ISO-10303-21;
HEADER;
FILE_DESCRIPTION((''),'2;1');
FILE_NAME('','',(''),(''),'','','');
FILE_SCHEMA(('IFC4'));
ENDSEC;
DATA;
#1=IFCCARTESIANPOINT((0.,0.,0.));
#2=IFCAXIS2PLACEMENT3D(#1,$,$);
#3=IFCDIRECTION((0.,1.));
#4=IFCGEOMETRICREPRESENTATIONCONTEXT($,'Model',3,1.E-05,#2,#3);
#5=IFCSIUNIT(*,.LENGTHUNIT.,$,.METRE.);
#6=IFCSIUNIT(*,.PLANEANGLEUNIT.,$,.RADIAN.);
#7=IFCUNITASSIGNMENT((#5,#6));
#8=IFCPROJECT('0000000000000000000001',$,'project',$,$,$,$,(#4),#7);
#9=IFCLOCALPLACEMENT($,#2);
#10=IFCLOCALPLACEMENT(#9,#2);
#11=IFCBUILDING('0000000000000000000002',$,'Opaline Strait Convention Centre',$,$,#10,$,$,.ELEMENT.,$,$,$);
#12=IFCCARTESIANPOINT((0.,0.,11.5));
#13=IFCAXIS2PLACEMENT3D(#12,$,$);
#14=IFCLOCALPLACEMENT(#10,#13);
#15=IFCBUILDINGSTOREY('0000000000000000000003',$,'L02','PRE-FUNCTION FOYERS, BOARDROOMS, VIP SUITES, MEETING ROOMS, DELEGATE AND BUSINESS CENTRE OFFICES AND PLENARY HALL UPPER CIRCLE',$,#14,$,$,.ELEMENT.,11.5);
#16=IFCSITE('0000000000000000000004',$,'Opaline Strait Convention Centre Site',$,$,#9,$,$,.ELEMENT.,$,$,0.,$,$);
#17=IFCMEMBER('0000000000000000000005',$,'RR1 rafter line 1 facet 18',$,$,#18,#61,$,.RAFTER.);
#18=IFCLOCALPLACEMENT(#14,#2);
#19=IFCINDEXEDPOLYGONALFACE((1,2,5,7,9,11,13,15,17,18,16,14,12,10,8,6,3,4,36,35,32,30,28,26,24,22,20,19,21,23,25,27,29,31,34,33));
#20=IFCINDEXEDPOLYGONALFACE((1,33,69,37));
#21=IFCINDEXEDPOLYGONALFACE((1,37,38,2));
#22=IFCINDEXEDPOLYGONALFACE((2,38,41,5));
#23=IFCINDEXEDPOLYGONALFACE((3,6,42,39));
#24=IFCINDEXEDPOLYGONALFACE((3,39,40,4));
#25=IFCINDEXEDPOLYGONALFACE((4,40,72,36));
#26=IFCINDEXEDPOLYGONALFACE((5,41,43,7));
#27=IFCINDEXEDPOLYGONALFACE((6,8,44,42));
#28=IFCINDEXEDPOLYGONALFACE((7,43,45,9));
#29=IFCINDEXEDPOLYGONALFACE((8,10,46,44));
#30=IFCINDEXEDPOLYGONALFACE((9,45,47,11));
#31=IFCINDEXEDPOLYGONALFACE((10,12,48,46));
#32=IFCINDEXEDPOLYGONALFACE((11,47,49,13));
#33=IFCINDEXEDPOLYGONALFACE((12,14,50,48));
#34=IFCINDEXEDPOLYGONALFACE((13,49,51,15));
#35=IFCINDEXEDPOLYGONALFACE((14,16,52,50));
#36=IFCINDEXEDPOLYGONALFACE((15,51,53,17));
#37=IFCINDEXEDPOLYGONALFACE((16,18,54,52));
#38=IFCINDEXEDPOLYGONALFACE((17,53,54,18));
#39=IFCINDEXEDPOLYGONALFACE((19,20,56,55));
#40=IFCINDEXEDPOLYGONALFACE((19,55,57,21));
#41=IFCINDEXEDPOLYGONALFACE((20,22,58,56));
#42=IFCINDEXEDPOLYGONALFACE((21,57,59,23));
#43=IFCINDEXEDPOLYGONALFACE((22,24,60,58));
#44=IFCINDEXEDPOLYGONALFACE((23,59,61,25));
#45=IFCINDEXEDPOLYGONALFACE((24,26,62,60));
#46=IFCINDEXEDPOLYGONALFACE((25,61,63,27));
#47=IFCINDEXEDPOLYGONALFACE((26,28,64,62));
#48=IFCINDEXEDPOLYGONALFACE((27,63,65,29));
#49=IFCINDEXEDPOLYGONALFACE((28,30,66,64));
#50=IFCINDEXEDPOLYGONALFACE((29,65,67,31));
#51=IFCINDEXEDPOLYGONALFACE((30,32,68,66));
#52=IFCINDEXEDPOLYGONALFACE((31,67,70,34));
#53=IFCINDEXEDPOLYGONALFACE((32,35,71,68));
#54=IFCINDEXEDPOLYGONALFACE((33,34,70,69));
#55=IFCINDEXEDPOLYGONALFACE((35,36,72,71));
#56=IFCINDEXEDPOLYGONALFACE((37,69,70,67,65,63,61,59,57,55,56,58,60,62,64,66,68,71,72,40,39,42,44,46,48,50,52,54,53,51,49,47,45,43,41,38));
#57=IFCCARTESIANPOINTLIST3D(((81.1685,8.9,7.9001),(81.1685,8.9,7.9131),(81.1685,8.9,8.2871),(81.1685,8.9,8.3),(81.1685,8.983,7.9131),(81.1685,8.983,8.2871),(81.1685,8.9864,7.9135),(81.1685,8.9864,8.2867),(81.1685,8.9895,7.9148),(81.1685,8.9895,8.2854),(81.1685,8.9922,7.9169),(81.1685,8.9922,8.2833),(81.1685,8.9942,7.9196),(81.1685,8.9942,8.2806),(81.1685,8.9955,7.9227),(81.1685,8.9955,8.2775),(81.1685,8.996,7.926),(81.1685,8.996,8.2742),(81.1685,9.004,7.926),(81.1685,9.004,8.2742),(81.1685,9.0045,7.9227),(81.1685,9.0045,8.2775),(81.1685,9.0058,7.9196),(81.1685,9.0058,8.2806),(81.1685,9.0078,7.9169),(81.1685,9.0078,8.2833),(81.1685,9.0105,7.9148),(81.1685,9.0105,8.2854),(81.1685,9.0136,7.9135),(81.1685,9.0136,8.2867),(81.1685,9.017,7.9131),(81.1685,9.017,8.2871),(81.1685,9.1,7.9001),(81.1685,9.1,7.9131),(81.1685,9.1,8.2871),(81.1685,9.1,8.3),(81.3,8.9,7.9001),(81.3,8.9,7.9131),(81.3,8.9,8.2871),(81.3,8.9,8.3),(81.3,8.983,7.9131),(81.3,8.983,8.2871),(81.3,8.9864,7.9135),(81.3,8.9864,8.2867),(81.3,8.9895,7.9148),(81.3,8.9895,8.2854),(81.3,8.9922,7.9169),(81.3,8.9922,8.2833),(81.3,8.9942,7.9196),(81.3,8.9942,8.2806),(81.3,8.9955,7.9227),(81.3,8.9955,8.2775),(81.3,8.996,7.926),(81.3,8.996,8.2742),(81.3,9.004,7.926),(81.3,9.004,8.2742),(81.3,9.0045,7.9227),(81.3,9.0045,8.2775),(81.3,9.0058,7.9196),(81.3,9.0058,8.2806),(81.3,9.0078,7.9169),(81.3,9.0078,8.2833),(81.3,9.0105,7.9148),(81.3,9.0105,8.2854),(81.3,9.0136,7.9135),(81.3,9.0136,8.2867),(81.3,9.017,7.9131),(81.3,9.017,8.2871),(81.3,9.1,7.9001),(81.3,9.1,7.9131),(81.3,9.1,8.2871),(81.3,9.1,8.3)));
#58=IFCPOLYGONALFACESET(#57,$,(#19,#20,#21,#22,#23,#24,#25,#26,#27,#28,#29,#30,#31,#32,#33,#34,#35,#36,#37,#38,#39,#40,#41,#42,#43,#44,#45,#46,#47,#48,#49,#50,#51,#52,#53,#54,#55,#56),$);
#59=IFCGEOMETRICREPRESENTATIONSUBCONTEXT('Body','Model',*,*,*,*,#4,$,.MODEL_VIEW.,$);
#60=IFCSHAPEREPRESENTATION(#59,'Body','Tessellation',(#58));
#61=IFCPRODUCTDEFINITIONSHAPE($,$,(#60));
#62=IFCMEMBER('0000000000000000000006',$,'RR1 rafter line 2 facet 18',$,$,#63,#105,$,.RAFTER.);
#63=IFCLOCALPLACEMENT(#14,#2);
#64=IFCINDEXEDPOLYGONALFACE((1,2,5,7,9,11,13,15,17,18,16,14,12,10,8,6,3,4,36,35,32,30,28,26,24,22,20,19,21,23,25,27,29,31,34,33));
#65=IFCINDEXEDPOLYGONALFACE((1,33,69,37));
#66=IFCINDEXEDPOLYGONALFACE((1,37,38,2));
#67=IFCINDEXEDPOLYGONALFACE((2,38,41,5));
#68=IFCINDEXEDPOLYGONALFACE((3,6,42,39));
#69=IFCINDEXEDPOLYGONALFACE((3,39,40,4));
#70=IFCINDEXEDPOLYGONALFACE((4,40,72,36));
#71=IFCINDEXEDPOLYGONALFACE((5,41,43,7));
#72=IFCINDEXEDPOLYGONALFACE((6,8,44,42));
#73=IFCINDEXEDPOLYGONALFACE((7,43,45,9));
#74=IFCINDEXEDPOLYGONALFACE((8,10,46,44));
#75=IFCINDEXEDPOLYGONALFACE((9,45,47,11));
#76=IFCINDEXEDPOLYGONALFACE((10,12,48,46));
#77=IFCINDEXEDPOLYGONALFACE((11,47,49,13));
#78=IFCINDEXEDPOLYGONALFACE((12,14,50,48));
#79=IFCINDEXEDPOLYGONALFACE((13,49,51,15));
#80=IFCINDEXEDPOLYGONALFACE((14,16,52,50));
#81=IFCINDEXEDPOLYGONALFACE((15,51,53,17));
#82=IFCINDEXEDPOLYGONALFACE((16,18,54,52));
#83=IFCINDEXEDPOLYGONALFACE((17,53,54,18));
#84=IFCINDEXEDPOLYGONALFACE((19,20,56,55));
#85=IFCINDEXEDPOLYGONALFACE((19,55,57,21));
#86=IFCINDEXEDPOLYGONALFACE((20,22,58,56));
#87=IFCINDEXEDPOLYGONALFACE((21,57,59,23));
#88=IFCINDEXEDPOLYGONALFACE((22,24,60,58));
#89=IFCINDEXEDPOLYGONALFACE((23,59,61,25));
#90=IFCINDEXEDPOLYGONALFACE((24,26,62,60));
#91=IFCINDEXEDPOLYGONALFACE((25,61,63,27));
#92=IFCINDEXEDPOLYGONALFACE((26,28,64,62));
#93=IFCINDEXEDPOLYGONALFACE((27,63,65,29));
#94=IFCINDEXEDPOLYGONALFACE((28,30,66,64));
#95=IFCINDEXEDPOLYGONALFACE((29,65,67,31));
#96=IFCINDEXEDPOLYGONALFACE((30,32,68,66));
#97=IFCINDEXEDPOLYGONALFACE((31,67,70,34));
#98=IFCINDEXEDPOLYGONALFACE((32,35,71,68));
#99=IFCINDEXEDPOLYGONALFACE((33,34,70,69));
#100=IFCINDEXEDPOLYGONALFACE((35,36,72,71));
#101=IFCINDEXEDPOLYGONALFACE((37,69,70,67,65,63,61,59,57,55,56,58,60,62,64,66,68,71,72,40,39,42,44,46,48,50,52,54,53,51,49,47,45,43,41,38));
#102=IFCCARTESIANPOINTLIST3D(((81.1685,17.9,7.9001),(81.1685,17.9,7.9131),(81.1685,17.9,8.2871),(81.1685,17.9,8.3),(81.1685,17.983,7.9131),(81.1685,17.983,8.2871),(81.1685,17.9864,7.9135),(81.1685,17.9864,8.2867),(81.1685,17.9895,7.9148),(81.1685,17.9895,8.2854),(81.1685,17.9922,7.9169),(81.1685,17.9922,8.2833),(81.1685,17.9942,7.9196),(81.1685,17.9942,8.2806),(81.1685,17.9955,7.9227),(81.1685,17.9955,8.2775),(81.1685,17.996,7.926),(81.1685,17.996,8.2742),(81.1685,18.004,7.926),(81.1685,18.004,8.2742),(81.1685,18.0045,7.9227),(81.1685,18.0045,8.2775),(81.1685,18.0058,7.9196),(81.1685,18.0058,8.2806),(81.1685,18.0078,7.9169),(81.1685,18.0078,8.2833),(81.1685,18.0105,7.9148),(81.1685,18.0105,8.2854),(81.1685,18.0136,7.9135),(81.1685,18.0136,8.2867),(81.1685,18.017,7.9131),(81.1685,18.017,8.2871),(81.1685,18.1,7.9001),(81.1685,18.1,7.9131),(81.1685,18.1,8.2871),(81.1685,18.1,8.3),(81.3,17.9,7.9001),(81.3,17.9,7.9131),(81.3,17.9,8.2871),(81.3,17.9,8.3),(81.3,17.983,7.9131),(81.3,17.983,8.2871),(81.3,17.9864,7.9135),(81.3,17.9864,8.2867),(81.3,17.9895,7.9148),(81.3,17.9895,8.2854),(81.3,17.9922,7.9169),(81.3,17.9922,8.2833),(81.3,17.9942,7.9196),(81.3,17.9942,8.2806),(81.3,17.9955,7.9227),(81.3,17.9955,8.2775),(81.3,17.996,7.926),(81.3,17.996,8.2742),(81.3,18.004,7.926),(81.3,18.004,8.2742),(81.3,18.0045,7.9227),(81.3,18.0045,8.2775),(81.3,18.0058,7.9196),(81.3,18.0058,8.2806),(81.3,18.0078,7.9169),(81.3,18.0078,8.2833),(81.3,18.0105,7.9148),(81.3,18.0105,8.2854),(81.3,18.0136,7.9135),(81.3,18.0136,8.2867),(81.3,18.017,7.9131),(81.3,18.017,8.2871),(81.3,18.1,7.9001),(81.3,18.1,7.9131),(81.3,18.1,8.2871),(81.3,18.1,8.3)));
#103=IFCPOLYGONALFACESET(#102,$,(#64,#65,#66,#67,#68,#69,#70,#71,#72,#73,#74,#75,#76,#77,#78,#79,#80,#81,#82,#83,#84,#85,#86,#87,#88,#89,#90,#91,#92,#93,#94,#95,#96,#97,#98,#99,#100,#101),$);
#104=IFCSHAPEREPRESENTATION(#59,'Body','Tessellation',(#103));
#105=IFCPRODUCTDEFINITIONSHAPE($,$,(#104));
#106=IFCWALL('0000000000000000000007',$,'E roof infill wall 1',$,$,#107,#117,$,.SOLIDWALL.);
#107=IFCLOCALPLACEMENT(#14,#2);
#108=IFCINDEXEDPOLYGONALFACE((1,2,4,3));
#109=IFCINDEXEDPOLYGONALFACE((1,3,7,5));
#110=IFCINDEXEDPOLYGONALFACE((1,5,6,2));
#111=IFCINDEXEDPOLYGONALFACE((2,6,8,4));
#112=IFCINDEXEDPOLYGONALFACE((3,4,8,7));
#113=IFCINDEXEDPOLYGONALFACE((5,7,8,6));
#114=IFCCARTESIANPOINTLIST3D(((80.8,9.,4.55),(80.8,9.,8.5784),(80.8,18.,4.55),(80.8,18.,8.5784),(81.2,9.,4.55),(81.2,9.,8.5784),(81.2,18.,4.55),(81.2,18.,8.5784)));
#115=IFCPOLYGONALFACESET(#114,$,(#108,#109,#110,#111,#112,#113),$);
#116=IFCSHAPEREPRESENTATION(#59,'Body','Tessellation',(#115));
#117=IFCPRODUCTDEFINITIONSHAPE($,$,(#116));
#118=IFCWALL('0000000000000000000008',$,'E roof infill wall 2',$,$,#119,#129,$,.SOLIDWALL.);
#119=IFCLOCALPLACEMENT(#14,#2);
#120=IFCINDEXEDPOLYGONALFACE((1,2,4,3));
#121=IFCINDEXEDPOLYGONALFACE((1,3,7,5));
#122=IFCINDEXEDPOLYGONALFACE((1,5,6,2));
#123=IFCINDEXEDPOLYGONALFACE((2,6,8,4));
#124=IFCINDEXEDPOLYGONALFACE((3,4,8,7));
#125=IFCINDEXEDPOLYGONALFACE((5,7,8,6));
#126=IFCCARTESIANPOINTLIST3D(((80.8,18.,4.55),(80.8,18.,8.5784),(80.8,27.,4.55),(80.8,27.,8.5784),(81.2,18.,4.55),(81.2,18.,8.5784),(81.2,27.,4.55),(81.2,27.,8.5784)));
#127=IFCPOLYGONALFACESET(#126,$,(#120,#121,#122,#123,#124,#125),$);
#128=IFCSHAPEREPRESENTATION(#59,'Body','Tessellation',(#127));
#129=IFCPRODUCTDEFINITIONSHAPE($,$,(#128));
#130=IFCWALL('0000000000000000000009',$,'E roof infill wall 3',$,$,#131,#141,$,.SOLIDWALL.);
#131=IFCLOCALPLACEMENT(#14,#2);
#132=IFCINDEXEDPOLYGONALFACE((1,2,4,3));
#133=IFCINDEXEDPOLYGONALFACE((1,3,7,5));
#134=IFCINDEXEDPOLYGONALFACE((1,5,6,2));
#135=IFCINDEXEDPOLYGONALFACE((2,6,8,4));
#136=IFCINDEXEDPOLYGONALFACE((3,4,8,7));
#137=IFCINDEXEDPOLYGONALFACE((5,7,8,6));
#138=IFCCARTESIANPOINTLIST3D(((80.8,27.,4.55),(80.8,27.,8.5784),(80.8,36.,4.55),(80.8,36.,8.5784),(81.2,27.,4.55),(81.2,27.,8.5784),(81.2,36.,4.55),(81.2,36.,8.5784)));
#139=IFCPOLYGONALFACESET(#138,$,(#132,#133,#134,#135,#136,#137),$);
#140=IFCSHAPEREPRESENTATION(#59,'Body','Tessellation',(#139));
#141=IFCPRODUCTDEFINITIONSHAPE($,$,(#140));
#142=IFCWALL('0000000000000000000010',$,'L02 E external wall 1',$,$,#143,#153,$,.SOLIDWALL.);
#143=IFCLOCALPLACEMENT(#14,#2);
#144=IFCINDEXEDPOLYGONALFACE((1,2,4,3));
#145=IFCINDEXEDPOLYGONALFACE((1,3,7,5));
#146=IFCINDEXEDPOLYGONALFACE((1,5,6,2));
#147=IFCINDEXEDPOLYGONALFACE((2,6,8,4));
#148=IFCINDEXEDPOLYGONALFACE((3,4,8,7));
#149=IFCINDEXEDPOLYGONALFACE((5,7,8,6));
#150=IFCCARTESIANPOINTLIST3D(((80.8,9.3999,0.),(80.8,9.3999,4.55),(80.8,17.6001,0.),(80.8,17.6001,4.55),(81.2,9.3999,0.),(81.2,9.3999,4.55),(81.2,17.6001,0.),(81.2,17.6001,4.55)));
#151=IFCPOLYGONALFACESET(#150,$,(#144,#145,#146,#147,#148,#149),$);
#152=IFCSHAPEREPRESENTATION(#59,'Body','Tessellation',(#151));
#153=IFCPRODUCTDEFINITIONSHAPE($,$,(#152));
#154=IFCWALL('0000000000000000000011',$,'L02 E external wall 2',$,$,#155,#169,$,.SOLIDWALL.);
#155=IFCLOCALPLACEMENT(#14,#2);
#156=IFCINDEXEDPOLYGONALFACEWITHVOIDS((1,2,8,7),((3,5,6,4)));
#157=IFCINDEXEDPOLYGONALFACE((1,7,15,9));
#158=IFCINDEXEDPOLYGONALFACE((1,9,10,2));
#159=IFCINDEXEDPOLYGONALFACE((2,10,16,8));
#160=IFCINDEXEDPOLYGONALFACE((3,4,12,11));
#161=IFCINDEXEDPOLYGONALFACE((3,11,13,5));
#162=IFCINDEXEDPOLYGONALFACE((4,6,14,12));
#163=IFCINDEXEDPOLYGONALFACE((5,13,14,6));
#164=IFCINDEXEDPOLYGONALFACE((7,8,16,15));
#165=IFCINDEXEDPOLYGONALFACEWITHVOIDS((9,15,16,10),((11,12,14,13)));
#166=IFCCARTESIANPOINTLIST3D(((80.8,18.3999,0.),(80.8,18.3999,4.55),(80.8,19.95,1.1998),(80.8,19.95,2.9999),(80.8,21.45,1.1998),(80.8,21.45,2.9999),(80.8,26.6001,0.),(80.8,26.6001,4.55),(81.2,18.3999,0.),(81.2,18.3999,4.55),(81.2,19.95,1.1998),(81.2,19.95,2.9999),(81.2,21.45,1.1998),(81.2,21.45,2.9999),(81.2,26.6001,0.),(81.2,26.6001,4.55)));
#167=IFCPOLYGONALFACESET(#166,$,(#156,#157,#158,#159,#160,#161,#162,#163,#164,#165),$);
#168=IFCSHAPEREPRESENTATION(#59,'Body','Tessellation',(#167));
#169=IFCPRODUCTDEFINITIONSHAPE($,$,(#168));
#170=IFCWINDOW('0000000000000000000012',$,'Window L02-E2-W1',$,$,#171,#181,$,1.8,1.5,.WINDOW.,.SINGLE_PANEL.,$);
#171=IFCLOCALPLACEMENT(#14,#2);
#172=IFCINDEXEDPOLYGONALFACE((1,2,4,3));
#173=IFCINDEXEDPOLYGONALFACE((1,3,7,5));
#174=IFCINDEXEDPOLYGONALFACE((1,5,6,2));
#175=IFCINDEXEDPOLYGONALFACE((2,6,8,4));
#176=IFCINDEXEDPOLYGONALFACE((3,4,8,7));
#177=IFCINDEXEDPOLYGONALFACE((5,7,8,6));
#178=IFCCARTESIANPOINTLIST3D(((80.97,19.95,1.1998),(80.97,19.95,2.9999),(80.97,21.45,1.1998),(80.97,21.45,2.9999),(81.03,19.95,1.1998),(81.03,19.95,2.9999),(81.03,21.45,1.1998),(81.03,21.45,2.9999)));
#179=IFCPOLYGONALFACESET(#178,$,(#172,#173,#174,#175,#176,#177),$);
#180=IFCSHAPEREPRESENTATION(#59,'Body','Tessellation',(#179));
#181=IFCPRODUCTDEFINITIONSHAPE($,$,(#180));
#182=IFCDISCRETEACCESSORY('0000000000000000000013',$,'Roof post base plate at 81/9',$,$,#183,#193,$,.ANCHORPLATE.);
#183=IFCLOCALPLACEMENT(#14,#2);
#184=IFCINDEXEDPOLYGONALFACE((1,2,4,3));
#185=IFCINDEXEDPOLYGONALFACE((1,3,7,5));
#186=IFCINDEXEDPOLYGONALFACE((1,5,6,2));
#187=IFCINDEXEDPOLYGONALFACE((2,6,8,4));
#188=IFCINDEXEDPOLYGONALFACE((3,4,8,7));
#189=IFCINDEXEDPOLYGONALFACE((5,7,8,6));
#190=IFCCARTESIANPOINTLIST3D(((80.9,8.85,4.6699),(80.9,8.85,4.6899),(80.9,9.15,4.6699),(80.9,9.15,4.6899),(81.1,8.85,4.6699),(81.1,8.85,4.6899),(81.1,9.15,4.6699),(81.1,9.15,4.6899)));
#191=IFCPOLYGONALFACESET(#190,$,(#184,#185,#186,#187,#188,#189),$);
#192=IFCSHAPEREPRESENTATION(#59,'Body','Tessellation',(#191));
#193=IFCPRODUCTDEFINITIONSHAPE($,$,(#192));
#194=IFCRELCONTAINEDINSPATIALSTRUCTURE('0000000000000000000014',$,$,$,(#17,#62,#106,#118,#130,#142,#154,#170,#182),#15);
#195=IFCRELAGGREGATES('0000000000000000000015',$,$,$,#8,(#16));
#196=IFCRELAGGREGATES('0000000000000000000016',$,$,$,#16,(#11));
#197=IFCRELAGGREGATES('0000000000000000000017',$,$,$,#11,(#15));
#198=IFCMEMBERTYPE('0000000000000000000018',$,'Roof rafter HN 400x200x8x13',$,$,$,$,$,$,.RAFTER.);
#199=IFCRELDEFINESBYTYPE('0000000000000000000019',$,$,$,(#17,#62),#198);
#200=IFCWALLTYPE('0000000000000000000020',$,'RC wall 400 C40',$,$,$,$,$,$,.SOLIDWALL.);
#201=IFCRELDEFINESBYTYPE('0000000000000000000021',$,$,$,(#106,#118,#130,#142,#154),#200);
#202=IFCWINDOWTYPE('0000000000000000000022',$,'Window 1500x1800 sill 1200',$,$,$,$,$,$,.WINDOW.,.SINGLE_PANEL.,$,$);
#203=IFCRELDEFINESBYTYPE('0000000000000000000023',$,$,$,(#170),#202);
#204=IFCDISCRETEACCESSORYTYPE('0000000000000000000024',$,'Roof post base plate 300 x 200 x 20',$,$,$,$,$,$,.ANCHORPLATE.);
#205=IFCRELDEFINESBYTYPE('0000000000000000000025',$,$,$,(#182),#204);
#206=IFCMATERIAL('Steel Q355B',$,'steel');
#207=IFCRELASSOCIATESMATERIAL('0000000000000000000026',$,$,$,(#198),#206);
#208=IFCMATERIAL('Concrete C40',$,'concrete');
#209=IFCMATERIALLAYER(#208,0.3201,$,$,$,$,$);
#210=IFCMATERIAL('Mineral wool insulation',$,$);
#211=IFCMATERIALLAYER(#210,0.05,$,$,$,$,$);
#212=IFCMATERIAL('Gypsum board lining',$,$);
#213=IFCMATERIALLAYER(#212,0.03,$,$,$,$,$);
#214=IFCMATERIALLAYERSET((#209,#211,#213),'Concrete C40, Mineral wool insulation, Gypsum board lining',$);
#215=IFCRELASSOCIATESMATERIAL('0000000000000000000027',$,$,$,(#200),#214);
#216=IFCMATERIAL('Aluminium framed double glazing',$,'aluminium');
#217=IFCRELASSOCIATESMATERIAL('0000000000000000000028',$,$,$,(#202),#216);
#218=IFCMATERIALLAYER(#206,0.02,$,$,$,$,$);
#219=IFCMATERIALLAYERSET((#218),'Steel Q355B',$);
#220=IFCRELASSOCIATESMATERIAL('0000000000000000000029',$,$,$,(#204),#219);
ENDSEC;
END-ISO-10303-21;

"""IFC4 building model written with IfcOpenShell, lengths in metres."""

from ifc_helpers import new_model, si_unit, direction, frame, frame_2d, origin, origin_2d, place, context, subcontext, project, spatial, rectangle, i_section, extrude, material, layer, layer_set, material_profile, profile_set, type_object, element, fill, save


model = new_model("IFC4")

# Units and contexts
model_context = context("Model", 3, precision=1e-05, world=origin(), true_north=direction((0.0, 1.0)))
body_context = subcontext(model_context, "Body", "Model", "MODEL_VIEW")
ifc_project = project(units=[si_unit("LENGTHUNIT", "METRE"), si_unit("PLANEANGLEUNIT", "RADIAN")], contexts=[model_context])

# Site, building, storey
site_placement = place(None, origin())
site = spatial("IfcSite", under=ifc_project, at=site_placement, Name="Opaline Strait Convention Centre Site", CompositionType="ELEMENT", RefElevation=0.0)
building_placement = place(site_placement, origin())
building = spatial("IfcBuilding", under=site, at=building_placement, Name="Opaline Strait Convention Centre", CompositionType="ELEMENT")
storey_placement = place(building_placement, frame((0.0, 0.0, 11.5)))
storey = spatial("IfcBuildingStorey", under=building, at=storey_placement, Name="L02", Description="PRE-FUNCTION FOYERS, BOARDROOMS, VIP SUITES, MEETING ROOMS, DELEGATE AND BUSINESS CENTRE OFFICES AND PLENARY HALL UPPER CIRCLE", CompositionType="ELEMENT", Elevation=11.5)

# Shared definitions
ifc_material_1 = material(Name="Concrete C40", Category="concrete")

# Shared definitions
ifc_material_2 = material(Name="Steel Q355B", Category="steel")

# Members
ifc_material_profile_1 = material_profile(ifc_material_2, i_section(OverallWidth=0.2, OverallDepth=0.3999, WebThickness=0.0081, FlangeThickness=0.0129, FilletRadius=0.0129, at=origin_2d()), Name="HN 400x200x8x13")
ifc_profile_set_1 = profile_set([ifc_material_profile_1], Name="Steel Q355B")
member_type_1 = type_object("IfcMemberType", Name="Roof rafter HN 400x200x8x13", PredefinedType="RAFTER", material=ifc_profile_set_1)
for number, where, z_axis, x_axis, name in (
    (1, (81.1685, 9.0, 8.1001), (1.0, 0.0, 0.0), (0.0, 1.0, 0.0), "RR1 rafter line 1 facet 18"),
    (2, (81.1685, 18.0, 8.1001), (1.0, 0.0, 0.0), (0.0, 1.0, 0.0), "RR1 rafter line 2 facet 18"),
):
    element("IfcMember", number, at=place(storey_placement, frame(where, z_axis=z_axis, x_axis=x_axis)), inside=storey, type_object=member_type_1, Name=name, PredefinedType="RAFTER", context=body_context, shape_type="SweptSolid", body=[
        extrude(i_section(OverallWidth=0.2, OverallDepth=0.3999, WebThickness=0.0081, FlangeThickness=0.0129, FilletRadius=0.0129, at=origin_2d()), origin(), (0.0, 0.0, 1.0), 0.1316),
    ])

# Walls
ifc_layer_1 = layer(ifc_material_1, 0.3201)
ifc_material_3 = material(Name="Mineral wool insulation")
ifc_layer_2 = layer(ifc_material_3, 0.05)
ifc_material_4 = material(Name="Gypsum board lining")
ifc_layer_3 = layer(ifc_material_4, 0.03)
ifc_layer_set_1 = layer_set([ifc_layer_1, ifc_layer_2, ifc_layer_3], Name="Concrete C40, Mineral wool insulation, Gypsum board lining")
wall_type = type_object("IfcWallType", Name="RC wall 400 C40", PredefinedType="SOLIDWALL", material=ifc_layer_set_1)
for number, where, z_axis, x_axis, name in (
    (3, (81.0, 9.0, 4.55), (0.0, 0.0, 1.0), (0.0, 1.0, 0.0), "E roof infill wall 1"),
    (4, (81.0, 18.0, 4.55), (0.0, 0.0, 1.0), (0.0, 1.0, 0.0), "E roof infill wall 2"),
    (5, (81.0, 27.0, 4.55), (0.0, 0.0, 1.0), (0.0, 1.0, 0.0), "E roof infill wall 3"),
):
    element("IfcWall", number, at=place(storey_placement, frame(where, z_axis=z_axis, x_axis=x_axis)), inside=storey, type_object=wall_type, Name=name, PredefinedType="SOLIDWALL", context=body_context, shape_type="SweptSolid", body=[
        extrude(rectangle(XDim=9.0, YDim=0.3999, at=frame_2d((4.5, 0.0))), origin(), (0.0, 0.0, 1.0), 4.0283),
    ])
wall_1_placement = place(storey_placement, frame((81.0, 9.3999, 0.0), z_axis=(0.0, 0.0, 1.0), x_axis=(0.0, 1.0, 0.0)))
element("IfcWall", 6, at=wall_1_placement, inside=storey, type_object=wall_type, Name="L02 E external wall 1", PredefinedType="SOLIDWALL", context=body_context, shape_type="SweptSolid", body=[
    extrude(rectangle(XDim=8.2002, YDim=0.3999, at=frame_2d((4.1001, 0.0))), origin(), (0.0, 0.0, 1.0), 4.55),
])

# Wall, opening, window
wall_2_placement = place(storey_placement, frame((81.0, 18.3999, 0.0), z_axis=(0.0, 0.0, 1.0), x_axis=(0.0, 1.0, 0.0)))
wall_2 = element("IfcWall", 7, at=wall_2_placement, inside=storey, type_object=wall_type, Name="L02 E external wall 2", PredefinedType="SOLIDWALL", context=body_context, shape_type="SweptSolid", body=[
    extrude(rectangle(XDim=8.2002, YDim=0.3999, at=frame_2d((4.1001, 0.0))), origin(), (0.0, 0.0, 1.0), 4.55),
])
opening_placement = place(wall_2_placement, frame((1.55, 0.0, 1.2)))
opening = element("IfcOpeningElement", 8, at=opening_placement, cuts=wall_2, PredefinedType="OPENING", context=body_context, shape_type="SweptSolid", body=[
    extrude(rectangle(XDim=1.5, YDim=1.8, at=frame_2d((0.75, 0.8999))), frame((0.0, 0.21, 0.0), z_axis=(0.0, -1.0, 0.0), x_axis=(1.0, 0.0, 0.0)), (0.0, 0.0, 1.0), 0.4199),
])
ifc_material_5 = material(Name="Aluminium framed double glazing", Category="aluminium")
window_type = type_object("IfcWindowType", Name="Window 1500x1800 sill 1200", PartitioningType="SINGLE_PANEL", PredefinedType="WINDOW", material=ifc_material_5)
window_placement = place(opening_placement, origin())
window = element("IfcWindow", 9, at=window_placement, inside=storey, type_object=window_type, Name="Window L02-E2-W1", OverallHeight=1.8, OverallWidth=1.5, PartitioningType="SINGLE_PANEL", PredefinedType="WINDOW", context=body_context, shape_type="SweptSolid", body=[
    extrude(rectangle(XDim=1.5, YDim=1.8, at=frame_2d((0.75, 0.8999))), frame((0.0, 0.03, 0.0), z_axis=(0.0, -1.0, 0.0), x_axis=(1.0, 0.0, 0.0)), (0.0, 0.0, 1.0), 0.0601),
])
fill(opening, window)

# Discrete accessory
ifc_layer_4 = layer(ifc_material_2, 0.02)
ifc_layer_set_2 = layer_set([ifc_layer_4], Name="Steel Q355B")
discrete_accessory_type_1 = type_object("IfcDiscreteAccessoryType", Name="Roof post base plate 300 x 200 x 20", PredefinedType="ANCHORPLATE", material=ifc_layer_set_2)
for number, where, z_axis, x_axis, name in (
    (10, (81.0, 9.0, 4.6699), (0.0, 0.0, 1.0), (1.0, 0.0, 0.0), "Roof post base plate at 81/9"),
):
    element("IfcDiscreteAccessory", number, at=place(storey_placement, frame(where, z_axis=z_axis, x_axis=x_axis)), inside=storey, type_object=discrete_accessory_type_1, Name=name, PredefinedType="ANCHORPLATE", context=body_context, shape_type="SweptSolid", body=[
        extrude(rectangle(XDim=0.2, YDim=0.3, at=origin_2d()), origin(), (0.0, 0.0, 1.0), 0.02),
    ])

save(model, "model.ifc")
